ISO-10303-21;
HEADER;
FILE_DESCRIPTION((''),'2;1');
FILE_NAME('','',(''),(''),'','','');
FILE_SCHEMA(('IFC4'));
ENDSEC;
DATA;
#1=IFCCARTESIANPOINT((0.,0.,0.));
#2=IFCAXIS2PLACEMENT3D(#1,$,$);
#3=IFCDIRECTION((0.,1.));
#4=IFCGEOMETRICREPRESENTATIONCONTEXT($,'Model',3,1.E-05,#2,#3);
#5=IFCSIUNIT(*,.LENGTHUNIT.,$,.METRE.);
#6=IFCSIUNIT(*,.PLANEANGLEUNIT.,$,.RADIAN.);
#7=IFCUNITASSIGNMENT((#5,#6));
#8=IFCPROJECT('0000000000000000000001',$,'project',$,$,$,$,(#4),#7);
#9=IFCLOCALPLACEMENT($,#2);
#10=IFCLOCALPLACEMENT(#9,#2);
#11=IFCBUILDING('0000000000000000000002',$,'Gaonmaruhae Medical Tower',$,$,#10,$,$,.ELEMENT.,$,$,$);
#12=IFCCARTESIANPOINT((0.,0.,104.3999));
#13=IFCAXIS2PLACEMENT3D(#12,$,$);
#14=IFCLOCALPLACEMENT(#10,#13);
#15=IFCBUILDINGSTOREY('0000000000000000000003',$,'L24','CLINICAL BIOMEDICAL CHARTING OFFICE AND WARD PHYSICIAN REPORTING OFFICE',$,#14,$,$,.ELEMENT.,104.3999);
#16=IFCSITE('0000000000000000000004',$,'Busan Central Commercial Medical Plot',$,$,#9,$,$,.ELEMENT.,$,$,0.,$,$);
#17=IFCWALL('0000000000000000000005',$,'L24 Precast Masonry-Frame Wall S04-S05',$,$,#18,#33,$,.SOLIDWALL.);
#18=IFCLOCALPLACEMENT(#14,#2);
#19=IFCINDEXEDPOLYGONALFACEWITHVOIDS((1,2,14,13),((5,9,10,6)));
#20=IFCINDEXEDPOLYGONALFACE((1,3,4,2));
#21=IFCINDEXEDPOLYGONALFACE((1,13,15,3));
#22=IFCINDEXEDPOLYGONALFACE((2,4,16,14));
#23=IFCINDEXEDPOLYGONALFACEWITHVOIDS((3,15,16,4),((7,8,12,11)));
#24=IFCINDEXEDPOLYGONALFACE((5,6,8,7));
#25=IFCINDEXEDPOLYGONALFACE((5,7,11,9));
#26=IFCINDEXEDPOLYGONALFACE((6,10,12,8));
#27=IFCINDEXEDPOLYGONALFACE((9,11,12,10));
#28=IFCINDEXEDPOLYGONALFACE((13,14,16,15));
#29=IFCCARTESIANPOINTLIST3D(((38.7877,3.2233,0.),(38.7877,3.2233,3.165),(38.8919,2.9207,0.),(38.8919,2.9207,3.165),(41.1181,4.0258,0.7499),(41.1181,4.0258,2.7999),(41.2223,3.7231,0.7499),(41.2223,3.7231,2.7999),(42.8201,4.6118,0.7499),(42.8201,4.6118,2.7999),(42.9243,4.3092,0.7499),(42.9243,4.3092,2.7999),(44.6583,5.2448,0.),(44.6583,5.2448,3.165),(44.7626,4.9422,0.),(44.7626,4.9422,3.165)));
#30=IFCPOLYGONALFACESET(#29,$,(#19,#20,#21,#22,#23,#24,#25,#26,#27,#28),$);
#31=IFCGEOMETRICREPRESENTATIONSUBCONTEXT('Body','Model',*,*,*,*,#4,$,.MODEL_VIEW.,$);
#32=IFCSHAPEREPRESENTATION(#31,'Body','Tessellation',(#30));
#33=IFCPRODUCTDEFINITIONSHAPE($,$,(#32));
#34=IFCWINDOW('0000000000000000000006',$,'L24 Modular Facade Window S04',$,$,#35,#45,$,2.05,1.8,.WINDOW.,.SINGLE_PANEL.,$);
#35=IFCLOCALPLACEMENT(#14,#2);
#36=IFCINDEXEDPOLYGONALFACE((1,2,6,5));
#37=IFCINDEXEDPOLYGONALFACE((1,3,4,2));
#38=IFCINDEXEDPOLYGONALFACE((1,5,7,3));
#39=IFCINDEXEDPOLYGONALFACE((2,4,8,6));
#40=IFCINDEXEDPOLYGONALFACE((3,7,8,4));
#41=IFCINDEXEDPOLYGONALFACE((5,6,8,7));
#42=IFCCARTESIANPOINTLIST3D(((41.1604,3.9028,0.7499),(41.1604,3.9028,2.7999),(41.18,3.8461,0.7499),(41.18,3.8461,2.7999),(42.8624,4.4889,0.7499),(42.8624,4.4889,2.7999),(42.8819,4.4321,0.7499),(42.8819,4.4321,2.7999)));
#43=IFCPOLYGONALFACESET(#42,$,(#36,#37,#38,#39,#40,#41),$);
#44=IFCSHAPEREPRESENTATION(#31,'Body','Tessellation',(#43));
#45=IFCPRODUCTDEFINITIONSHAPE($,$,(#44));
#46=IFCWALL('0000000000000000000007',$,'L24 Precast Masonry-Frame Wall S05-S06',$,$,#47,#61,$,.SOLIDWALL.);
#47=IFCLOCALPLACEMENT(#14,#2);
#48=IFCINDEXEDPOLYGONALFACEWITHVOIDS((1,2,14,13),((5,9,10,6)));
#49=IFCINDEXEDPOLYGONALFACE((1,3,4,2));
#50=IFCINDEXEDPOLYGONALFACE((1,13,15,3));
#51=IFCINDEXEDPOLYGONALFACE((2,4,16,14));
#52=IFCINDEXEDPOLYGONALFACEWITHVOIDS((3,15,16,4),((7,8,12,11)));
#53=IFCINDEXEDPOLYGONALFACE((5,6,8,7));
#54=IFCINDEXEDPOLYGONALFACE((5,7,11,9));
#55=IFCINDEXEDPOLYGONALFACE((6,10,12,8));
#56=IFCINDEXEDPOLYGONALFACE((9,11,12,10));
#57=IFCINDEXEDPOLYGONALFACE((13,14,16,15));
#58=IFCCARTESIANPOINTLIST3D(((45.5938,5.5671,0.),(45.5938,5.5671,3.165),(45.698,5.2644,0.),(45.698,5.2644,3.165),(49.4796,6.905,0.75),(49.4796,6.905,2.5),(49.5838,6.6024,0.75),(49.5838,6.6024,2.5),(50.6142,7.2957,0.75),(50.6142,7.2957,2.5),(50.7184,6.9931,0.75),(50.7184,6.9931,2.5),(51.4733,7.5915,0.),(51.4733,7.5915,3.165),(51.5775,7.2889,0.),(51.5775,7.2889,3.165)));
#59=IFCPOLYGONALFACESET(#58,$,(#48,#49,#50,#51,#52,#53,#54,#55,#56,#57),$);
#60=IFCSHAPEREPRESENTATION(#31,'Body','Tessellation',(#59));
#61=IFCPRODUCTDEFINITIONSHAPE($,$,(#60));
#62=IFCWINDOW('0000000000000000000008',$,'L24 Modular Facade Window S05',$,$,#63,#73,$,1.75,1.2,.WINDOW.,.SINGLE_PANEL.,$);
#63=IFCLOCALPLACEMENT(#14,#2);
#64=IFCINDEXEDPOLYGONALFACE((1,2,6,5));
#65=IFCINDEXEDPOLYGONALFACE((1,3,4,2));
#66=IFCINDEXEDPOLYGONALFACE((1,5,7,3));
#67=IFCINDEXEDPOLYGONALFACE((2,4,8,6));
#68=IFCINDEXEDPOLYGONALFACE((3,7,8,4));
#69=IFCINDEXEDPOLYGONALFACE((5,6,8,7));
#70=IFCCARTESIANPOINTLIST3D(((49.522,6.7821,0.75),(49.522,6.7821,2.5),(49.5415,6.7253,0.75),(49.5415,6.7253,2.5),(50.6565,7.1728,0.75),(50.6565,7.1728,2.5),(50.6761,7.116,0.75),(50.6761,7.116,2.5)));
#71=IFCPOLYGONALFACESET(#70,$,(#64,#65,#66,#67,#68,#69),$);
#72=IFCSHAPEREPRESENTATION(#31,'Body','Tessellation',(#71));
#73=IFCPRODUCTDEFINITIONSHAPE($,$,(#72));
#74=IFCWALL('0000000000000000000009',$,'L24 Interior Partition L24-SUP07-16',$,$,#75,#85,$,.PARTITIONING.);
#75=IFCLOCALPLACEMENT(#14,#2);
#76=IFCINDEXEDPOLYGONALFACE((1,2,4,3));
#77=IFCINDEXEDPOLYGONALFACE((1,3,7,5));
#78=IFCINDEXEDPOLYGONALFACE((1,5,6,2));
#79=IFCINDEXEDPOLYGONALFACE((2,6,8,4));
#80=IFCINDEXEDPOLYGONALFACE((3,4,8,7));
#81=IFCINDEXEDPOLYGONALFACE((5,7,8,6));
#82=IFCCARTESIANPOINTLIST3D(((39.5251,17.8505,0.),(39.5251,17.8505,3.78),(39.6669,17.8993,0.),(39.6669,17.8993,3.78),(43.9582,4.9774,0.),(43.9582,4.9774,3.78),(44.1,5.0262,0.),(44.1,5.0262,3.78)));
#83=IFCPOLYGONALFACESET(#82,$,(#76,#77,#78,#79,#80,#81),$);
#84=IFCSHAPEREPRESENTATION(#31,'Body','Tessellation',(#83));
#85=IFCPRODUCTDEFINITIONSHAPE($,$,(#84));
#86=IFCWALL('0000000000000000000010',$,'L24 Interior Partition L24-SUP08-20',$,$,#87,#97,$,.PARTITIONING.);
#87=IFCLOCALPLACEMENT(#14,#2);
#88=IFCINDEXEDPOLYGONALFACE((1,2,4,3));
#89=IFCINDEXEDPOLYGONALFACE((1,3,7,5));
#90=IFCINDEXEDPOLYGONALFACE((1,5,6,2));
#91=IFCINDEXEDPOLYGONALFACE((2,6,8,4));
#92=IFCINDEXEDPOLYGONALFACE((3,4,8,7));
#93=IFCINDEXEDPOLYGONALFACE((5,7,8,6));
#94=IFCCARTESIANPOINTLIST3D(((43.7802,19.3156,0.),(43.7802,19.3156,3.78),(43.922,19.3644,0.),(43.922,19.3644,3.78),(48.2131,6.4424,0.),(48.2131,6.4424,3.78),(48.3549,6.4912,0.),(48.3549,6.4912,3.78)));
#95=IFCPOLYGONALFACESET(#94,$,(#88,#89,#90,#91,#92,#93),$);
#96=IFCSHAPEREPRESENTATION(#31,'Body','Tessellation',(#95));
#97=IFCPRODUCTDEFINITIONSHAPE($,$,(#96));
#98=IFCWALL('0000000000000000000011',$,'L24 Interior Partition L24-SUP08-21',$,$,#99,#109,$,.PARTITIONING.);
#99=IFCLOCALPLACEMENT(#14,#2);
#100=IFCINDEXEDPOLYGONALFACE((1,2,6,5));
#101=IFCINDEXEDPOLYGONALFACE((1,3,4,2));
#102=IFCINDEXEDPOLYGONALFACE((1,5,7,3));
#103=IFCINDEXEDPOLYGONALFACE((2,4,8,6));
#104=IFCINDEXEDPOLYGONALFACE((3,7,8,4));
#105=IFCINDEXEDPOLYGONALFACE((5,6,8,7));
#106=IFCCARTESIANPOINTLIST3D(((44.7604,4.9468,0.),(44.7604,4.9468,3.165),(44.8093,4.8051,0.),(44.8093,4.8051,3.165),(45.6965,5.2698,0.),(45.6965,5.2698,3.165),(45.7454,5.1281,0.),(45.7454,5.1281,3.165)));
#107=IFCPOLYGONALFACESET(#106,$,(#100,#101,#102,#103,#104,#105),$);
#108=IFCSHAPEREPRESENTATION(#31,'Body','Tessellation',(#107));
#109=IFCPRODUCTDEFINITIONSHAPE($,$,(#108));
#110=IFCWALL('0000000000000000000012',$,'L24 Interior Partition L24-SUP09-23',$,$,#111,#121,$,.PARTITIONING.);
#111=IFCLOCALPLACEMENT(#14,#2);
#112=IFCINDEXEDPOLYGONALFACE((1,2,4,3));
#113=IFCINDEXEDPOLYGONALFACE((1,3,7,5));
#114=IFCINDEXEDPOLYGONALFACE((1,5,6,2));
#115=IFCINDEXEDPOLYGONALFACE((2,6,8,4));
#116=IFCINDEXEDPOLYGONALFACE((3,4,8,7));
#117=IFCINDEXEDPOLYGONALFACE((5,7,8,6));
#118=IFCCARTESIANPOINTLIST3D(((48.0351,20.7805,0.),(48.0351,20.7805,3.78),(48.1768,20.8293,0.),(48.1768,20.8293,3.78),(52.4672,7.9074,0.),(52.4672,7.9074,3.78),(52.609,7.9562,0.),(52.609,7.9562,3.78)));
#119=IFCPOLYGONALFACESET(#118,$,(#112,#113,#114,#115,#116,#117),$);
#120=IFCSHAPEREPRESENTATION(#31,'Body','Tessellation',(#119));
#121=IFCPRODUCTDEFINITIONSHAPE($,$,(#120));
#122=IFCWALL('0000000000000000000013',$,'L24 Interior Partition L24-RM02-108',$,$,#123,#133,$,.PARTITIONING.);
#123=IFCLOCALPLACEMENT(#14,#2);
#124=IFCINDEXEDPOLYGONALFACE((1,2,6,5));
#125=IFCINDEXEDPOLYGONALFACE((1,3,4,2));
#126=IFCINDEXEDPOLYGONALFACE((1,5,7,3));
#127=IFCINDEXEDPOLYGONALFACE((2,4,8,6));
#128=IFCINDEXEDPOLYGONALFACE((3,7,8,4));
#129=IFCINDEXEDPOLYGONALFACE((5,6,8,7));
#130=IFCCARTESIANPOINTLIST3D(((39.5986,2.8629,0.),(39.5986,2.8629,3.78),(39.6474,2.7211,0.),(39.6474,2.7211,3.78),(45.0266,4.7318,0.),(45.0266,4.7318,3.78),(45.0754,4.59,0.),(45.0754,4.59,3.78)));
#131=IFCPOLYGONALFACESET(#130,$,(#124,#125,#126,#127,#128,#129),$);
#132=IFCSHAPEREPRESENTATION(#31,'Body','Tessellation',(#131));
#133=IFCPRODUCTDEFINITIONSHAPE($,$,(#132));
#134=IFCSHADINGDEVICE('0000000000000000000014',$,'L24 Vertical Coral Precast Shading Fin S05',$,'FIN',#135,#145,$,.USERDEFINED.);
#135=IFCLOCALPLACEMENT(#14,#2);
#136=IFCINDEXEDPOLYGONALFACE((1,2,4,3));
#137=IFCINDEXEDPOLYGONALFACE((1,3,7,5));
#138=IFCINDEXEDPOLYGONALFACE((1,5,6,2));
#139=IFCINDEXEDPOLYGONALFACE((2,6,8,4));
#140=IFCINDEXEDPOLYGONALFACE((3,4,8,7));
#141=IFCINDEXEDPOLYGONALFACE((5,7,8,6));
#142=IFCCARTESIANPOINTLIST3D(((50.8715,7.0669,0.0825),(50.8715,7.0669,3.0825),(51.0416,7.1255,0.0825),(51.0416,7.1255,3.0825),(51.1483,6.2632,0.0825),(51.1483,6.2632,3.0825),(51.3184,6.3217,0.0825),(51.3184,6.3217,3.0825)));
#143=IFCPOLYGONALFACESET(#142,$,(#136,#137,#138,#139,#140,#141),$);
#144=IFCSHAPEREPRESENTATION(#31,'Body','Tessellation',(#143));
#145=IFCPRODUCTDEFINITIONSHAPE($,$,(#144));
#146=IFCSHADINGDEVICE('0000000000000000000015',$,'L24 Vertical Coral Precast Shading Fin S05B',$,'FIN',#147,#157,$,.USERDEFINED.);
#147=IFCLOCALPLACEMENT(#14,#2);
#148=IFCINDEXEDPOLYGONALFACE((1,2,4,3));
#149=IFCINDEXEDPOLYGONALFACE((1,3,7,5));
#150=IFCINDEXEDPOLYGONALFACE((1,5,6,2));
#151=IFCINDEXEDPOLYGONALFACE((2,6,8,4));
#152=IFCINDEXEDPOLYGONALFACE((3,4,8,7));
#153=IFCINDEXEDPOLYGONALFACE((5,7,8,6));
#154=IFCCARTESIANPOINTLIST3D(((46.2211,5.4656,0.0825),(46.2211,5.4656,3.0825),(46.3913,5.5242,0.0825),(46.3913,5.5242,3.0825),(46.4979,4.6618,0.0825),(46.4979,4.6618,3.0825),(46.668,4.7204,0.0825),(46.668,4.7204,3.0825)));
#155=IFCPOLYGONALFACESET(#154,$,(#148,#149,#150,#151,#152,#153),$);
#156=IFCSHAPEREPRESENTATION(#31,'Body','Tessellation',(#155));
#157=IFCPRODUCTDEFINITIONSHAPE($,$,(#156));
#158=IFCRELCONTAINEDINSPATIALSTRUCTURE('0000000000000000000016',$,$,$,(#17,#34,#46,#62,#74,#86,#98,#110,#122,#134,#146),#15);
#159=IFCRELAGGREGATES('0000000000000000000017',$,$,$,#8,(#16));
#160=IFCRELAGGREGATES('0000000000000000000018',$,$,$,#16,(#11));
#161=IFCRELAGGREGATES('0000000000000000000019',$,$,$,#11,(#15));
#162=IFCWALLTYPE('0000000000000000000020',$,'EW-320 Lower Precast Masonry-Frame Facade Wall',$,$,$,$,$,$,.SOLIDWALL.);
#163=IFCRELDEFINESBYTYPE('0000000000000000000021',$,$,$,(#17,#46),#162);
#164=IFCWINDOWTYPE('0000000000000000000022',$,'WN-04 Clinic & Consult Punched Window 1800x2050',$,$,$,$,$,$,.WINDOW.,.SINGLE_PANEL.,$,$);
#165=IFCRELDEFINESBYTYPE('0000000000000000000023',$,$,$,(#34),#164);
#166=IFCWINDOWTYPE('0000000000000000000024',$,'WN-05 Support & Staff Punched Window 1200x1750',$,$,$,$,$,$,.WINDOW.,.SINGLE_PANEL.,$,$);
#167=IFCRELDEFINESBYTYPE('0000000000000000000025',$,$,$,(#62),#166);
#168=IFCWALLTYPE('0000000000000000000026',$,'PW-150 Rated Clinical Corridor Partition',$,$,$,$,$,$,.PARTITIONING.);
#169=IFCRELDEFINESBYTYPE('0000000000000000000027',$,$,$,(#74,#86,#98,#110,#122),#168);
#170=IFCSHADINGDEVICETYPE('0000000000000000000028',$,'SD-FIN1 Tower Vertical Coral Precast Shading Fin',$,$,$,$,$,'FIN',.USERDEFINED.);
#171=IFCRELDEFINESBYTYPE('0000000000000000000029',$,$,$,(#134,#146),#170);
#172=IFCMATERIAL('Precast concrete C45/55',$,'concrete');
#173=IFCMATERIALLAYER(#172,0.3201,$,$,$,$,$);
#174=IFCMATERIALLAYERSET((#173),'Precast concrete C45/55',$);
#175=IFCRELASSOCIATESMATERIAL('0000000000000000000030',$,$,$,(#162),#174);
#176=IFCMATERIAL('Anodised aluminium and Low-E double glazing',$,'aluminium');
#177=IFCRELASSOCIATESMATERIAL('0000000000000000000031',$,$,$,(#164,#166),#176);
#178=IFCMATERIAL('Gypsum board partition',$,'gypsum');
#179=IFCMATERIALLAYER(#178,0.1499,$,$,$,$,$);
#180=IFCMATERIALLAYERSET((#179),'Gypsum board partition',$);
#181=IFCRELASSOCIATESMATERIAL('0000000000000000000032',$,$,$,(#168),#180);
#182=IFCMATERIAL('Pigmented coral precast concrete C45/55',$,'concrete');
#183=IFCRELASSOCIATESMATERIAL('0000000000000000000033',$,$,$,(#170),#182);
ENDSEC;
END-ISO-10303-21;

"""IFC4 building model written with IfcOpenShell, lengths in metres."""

from ifc_helpers import new_model, si_unit, direction, frame, frame_2d, origin, origin_2d, place, context, subcontext, project, spatial, rectangle, extrude, material, layer, layer_set, type_object, element, fill, save


model = new_model("IFC4")

# Units and contexts
model_context = context("Model", 3, precision=1e-05, world=origin(), true_north=direction((0.0, 1.0)))
body_context = subcontext(model_context, "Body", "Model", "MODEL_VIEW")
ifc_project = project(units=[si_unit("LENGTHUNIT", "METRE"), si_unit("PLANEANGLEUNIT", "RADIAN")], contexts=[model_context])

# Site, building, storey
site_placement = place(None, origin())
site = spatial("IfcSite", under=ifc_project, at=site_placement, Name="Busan Central Commercial Medical Plot", CompositionType="ELEMENT", RefElevation=0.0)
building_placement = place(site_placement, origin())
building = spatial("IfcBuilding", under=site, at=building_placement, Name="Gaonmaruhae Medical Tower", CompositionType="ELEMENT")
storey_placement = place(building_placement, frame((0.0, 0.0, 104.3999)))
storey = spatial("IfcBuildingStorey", under=building, at=storey_placement, Name="L24", Description="CLINICAL BIOMEDICAL CHARTING OFFICE AND WARD PHYSICIAN REPORTING OFFICE", CompositionType="ELEMENT", Elevation=104.3999)

# Walls, openings, windows
ifc_material_1 = material(Name="Precast concrete C45/55", Category="concrete")
ifc_layer_1 = layer(ifc_material_1, 0.3201)
ifc_layer_set_1 = layer_set([ifc_layer_1], Name="Precast concrete C45/55")
wall_type_1 = type_object("IfcWallType", Name="EW-320 Lower Precast Masonry-Frame Facade Wall", PredefinedType="SOLIDWALL", material=ifc_layer_set_1)
wall_1_placement = place(storey_placement, frame((44.7104, 5.0935, 0.0), z_axis=(0.0, 0.0, 1.0), x_axis=(-0.945515, -0.325579, 0.0)))
wall_1 = element("IfcWall", 1, at=wall_1_placement, inside=storey, type_object=wall_type_1, Name="L24 Precast Masonry-Frame Wall S04-S05", PredefinedType="SOLIDWALL", context=body_context, shape_type="SweptSolid", body=[
    extrude(rectangle(XDim=6.209, YDim=0.3201, at=frame_2d((3.1045, 0.0))), origin(), (0.0, 0.0, 1.0), 3.165),
])
opening_1_placement = place(wall_1_placement, frame((1.9443, 0.0, 0.75)))
opening_1 = element("IfcOpeningElement", 2, at=opening_1_placement, cuts=wall_1, PredefinedType="OPENING", context=body_context, shape_type="SweptSolid", body=[
    extrude(rectangle(XDim=1.8, YDim=2.05, at=frame_2d((0.8999, 1.0249))), frame((0.0, 0.1699, 0.0), z_axis=(0.0, -1.0, 0.0), x_axis=(1.0, 0.0, 0.0)), (0.0, 0.0, 1.0), 0.3401),
])
ifc_material_2 = material(Name="Anodised aluminium and Low-E double glazing", Category="aluminium")
window_type_1 = type_object("IfcWindowType", Name="WN-04 Clinic & Consult Punched Window 1800x2050", PartitioningType="SINGLE_PANEL", PredefinedType="WINDOW", material=ifc_material_2)
window_1_placement = place(opening_1_placement, origin())
window_1 = element("IfcWindow", 3, at=window_1_placement, inside=storey, type_object=window_type_1, Name="L24 Modular Facade Window S04", OverallHeight=2.05, OverallWidth=1.8, PartitioningType="SINGLE_PANEL", PredefinedType="WINDOW", context=body_context, shape_type="SweptSolid", body=[
    extrude(rectangle(XDim=1.8, YDim=2.05, at=frame_2d((0.8999, 1.0249))), frame((0.0, 0.03, 0.0), z_axis=(0.0, -1.0, 0.0), x_axis=(1.0, 0.0, 0.0)), (0.0, 0.0, 1.0), 0.0601),
])
fill(opening_1, window_1)
wall_2_placement = place(storey_placement, frame((51.5254, 7.4402, 0.0), z_axis=(0.0, 0.0, 1.0), x_axis=(-0.94552, -0.325565, 0.0)))
wall_2 = element("IfcWall", 4, at=wall_2_placement, inside=storey, type_object=wall_type_1, Name="L24 Precast Masonry-Frame Wall S05-S06", PredefinedType="SOLIDWALL", context=body_context, shape_type="SweptSolid", body=[
    extrude(rectangle(XDim=6.2183, YDim=0.3201, at=frame_2d((3.1091, 0.0))), origin(), (0.0, 0.0, 1.0), 3.165),
])
opening_2_placement = place(wall_2_placement, frame((0.9084, 0.0, 0.75)))
opening_2 = element("IfcOpeningElement", 5, at=opening_2_placement, cuts=wall_2, PredefinedType="OPENING", context=body_context, shape_type="SweptSolid", body=[
    extrude(rectangle(XDim=1.2, YDim=1.75, at=frame_2d((0.6001, 0.875))), frame((0.0, 0.1699, 0.0), z_axis=(0.0, -1.0, 0.0), x_axis=(1.0, 0.0, 0.0)), (0.0, 0.0, 1.0), 0.3401),
])
window_type_2 = type_object("IfcWindowType", Name="WN-05 Support & Staff Punched Window 1200x1750", PartitioningType="SINGLE_PANEL", PredefinedType="WINDOW", material=ifc_material_2)
window_2_placement = place(opening_2_placement, origin())
window_2 = element("IfcWindow", 6, at=window_2_placement, inside=storey, type_object=window_type_2, Name="L24 Modular Facade Window S05", OverallHeight=1.75, OverallWidth=1.2, PartitioningType="SINGLE_PANEL", PredefinedType="WINDOW", context=body_context, shape_type="SweptSolid", body=[
    extrude(rectangle(XDim=1.2, YDim=1.75, at=frame_2d((0.6001, 0.875))), frame((0.0, 0.03, 0.0), z_axis=(0.0, -1.0, 0.0), x_axis=(1.0, 0.0, 0.0)), (0.0, 0.0, 1.0), 0.0601),
])
fill(opening_2, window_2)

# Wall
ifc_material_3 = material(Name="Gypsum board partition", Category="gypsum")
ifc_layer_2 = layer(ifc_material_3, 0.1499)
ifc_layer_set_2 = layer_set([ifc_layer_2], Name="Gypsum board partition")
wall_type_2 = type_object("IfcWallType", Name="PW-150 Rated Clinical Corridor Partition", PredefinedType="PARTITIONING", material=ifc_layer_set_2)
wall_3_placement = place(storey_placement, frame((39.5959, 17.875, 0.0), z_axis=(0.0, 0.0, 1.0), x_axis=(0.325605, -0.945506, 0.0)))
element("IfcWall", 7, at=wall_3_placement, inside=storey, type_object=wall_type_2, Name="L24 Interior Partition L24-SUP07-16", PredefinedType="PARTITIONING", context=body_context, shape_type="SweptSolid", body=[
    extrude(rectangle(XDim=13.615, YDim=0.1499, at=frame_2d((6.8076, 0.0))), origin(), (0.0, 0.0, 1.0), 3.78),
])

# Walls
wall_4_placement = place(storey_placement, frame((43.8511, 19.3401, 0.0), z_axis=(0.0, 0.0, 1.0), x_axis=(0.325589, -0.945511, 0.0)))
element("IfcWall", 8, at=wall_4_placement, inside=storey, type_object=wall_type_2, Name="L24 Interior Partition L24-SUP08-20", PredefinedType="PARTITIONING", context=body_context, shape_type="SweptSolid", body=[
    extrude(rectangle(XDim=13.615, YDim=0.1499, at=frame_2d((6.8076, 0.0))), origin(), (0.0, 0.0, 1.0), 3.78),
])
wall_5_placement = place(storey_placement, frame((45.7209, 5.199, 0.0), z_axis=(0.0, 0.0, 1.0), x_axis=(-0.945302, -0.326196, 0.0)))
element("IfcWall", 9, at=wall_5_placement, inside=storey, type_object=wall_type_2, Name="L24 Interior Partition L24-SUP08-21", PredefinedType="PARTITIONING", context=body_context, shape_type="SweptSolid", body=[
    extrude(rectangle(XDim=0.9902, YDim=0.1499, at=frame_2d((0.4951, 0.0))), origin(), (0.0, 0.0, 1.0), 3.165),
])

# Wall
wall_6_placement = place(storey_placement, frame((48.106, 20.8049, 0.0), z_axis=(0.0, 0.0, 1.0), x_axis=(0.325541, -0.945528, 0.0)))
element("IfcWall", 10, at=wall_6_placement, inside=storey, type_object=wall_type_2, Name="L24 Interior Partition L24-SUP09-23", PredefinedType="PARTITIONING", context=body_context, shape_type="SweptSolid", body=[
    extrude(rectangle(XDim=13.6147, YDim=0.1499, at=frame_2d((6.8074, 0.0))), origin(), (0.0, 0.0, 1.0), 3.78),
])

# Wall
wall_7_placement = place(storey_placement, frame((45.051, 4.6609, 0.0), z_axis=(0.0, 0.0, 1.0), x_axis=(-0.945524, -0.325552, 0.0)))
element("IfcWall", 11, at=wall_7_placement, inside=storey, type_object=wall_type_2, Name="L24 Interior Partition L24-RM02-108", PredefinedType="PARTITIONING", context=body_context, shape_type="SweptSolid", body=[
    extrude(rectangle(XDim=5.7407, YDim=0.1499, at=frame_2d((2.8704, 0.0))), origin(), (0.0, 0.0, 1.0), 3.78),
])

# Shading devices
ifc_material_4 = material(Name="Pigmented coral precast concrete C45/55", Category="concrete")
shading_device_type = type_object("IfcShadingDeviceType", Name="SD-FIN1 Tower Vertical Coral Precast Shading Fin", ElementType="FIN", PredefinedType="USERDEFINED", material=ifc_material_4)
for number, where, z_axis, x_axis, name in (
    (12, (51.095, 6.6943, 0.0825), (0.0, 0.0, 1.0), (-0.945513, -0.325585, 0.0), "L24 Vertical Coral Precast Shading Fin S05"),
    (13, (46.4446, 5.093, 0.0825), (0.0, 0.0, 1.0), (-0.945513, -0.325585, 0.0), "L24 Vertical Coral Precast Shading Fin S05B"),
):
    element("IfcShadingDevice", number, at=place(storey_placement, frame(where, z_axis=z_axis, x_axis=x_axis)), inside=storey, type_object=shading_device_type, Name=name, ObjectType="FIN", PredefinedType="USERDEFINED", context=body_context, shape_type="SweptSolid", body=[
        extrude(rectangle(XDim=0.1799, YDim=0.8501, at=origin_2d()), origin(), (0.0, 0.0, 1.0), 3.0),
    ])

save(model, "model.ifc")
